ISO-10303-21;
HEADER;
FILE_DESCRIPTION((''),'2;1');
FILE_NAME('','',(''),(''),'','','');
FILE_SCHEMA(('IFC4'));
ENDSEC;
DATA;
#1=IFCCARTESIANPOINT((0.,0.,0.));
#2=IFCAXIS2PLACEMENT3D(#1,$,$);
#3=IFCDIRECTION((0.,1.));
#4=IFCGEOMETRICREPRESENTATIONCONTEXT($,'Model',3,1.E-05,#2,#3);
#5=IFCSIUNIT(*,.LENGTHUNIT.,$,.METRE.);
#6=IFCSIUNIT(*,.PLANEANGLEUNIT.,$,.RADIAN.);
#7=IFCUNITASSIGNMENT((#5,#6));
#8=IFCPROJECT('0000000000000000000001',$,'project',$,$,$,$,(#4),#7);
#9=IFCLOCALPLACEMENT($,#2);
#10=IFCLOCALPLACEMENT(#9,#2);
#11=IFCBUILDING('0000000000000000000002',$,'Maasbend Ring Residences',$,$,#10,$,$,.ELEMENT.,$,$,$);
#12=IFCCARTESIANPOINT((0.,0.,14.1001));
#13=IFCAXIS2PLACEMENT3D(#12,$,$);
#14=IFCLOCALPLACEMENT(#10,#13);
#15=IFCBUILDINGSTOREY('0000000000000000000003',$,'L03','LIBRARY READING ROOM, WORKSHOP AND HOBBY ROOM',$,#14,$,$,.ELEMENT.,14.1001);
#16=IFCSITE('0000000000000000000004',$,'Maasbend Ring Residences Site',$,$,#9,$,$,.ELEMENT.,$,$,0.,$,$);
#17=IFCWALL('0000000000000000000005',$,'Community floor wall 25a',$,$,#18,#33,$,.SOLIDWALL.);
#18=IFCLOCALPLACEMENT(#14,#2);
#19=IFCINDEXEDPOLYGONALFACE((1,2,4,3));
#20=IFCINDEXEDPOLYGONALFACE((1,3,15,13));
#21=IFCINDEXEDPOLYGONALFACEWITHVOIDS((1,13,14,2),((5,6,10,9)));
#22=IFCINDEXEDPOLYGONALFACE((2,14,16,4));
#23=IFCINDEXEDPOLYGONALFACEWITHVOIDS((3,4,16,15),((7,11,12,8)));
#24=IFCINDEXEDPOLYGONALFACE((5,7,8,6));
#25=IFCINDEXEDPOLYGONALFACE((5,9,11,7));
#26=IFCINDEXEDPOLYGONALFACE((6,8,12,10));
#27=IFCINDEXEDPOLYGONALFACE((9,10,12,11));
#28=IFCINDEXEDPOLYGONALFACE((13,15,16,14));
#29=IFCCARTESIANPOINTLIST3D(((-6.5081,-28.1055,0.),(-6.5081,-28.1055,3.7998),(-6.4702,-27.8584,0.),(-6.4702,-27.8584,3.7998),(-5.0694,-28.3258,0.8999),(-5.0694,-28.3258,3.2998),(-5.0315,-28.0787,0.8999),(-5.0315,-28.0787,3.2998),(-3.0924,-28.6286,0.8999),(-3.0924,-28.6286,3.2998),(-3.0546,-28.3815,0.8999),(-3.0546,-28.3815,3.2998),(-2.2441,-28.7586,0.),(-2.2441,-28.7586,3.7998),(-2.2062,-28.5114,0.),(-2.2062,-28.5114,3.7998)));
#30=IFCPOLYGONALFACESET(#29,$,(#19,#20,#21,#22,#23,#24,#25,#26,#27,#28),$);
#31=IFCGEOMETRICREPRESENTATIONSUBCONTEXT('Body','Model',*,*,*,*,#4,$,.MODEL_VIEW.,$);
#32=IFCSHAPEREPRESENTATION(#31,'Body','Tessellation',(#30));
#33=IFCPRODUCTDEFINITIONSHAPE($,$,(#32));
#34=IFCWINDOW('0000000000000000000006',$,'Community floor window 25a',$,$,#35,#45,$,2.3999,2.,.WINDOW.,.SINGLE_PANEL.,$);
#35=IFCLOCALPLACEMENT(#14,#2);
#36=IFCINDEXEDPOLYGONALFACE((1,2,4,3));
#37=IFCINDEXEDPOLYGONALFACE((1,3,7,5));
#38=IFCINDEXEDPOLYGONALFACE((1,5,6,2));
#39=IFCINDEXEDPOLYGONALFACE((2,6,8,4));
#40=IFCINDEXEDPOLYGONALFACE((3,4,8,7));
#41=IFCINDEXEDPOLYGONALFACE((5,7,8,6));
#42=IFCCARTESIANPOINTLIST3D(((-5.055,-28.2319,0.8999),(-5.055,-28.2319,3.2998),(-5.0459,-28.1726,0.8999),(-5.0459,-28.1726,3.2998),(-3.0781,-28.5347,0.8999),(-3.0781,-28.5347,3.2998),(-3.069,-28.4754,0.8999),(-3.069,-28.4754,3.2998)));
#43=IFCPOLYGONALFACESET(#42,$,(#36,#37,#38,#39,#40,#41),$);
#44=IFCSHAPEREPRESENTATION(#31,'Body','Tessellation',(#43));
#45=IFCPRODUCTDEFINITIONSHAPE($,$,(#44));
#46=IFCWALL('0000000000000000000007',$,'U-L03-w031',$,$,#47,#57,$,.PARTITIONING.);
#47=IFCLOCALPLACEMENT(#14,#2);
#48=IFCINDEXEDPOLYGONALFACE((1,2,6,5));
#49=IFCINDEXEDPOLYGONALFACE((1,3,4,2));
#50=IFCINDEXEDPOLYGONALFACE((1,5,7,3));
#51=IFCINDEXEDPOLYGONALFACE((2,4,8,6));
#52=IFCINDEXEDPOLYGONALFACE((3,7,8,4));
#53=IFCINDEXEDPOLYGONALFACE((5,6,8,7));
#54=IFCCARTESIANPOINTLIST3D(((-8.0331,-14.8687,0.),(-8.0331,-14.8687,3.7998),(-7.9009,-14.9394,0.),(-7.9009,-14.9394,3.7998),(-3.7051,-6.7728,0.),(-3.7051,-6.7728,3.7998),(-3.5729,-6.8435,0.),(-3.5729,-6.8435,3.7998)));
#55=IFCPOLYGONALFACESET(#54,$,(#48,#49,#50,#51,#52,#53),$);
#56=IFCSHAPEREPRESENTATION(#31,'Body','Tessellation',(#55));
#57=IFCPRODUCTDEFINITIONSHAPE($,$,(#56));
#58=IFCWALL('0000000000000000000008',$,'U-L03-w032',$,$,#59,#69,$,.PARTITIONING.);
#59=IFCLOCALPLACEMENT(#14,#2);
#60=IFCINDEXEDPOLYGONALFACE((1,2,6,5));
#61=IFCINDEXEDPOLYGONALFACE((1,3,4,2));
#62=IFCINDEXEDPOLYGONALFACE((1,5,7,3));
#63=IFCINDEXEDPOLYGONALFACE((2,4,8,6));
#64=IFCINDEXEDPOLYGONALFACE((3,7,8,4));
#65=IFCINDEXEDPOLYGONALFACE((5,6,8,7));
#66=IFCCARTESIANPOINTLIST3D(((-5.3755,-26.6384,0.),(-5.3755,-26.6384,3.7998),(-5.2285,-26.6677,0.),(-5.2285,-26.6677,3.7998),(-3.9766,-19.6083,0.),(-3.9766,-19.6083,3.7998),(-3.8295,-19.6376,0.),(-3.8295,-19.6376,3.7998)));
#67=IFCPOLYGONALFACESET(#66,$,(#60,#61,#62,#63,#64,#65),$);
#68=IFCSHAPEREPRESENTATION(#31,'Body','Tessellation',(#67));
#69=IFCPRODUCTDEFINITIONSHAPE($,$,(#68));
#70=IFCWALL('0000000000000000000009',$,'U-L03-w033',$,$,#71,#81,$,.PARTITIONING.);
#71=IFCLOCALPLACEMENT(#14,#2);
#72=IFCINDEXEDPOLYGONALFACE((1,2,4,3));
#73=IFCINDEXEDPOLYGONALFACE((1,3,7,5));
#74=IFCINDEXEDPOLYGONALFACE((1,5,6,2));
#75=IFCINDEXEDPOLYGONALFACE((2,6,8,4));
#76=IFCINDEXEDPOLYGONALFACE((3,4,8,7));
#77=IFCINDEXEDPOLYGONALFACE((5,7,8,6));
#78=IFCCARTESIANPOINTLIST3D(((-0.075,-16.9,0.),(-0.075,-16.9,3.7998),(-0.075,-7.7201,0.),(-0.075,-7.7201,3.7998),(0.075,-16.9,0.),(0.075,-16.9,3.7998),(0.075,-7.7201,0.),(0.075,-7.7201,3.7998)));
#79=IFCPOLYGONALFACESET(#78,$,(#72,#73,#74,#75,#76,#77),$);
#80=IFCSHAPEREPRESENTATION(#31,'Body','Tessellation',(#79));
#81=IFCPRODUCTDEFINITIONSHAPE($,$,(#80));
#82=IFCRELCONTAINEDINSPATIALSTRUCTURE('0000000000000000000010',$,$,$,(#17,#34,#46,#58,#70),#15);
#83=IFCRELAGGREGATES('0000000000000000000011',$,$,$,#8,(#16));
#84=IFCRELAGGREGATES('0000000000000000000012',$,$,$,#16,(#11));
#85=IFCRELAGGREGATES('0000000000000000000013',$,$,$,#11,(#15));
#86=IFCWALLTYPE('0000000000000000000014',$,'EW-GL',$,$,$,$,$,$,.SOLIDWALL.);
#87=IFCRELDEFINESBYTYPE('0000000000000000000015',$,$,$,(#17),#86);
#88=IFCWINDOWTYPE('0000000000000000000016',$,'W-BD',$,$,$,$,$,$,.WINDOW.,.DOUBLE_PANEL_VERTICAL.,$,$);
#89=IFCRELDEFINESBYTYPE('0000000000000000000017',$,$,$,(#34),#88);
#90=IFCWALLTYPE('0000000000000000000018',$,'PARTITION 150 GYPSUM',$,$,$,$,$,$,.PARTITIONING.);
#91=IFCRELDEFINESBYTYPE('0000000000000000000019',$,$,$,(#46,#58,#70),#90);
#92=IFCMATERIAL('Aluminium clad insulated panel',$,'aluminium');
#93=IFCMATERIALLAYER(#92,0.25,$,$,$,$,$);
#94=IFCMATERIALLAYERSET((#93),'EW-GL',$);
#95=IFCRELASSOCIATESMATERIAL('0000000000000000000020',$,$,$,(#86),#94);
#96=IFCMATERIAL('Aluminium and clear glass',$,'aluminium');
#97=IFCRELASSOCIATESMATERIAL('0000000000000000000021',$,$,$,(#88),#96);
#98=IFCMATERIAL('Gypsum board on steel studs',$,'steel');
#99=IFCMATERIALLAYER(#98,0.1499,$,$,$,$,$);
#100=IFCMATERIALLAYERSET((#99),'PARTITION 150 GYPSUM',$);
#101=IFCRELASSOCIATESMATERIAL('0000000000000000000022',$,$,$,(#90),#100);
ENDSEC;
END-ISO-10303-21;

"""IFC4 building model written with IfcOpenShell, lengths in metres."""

from ifc_helpers import new_model, si_unit, direction, frame, frame_2d, origin, place, context, subcontext, project, spatial, rectangle, extrude, material, layer, layer_set, type_object, element, fill, save


model = new_model("IFC4")

# Units and contexts
model_context = context("Model", 3, precision=1e-05, world=origin(), true_north=direction((0.0, 1.0)))
body_context = subcontext(model_context, "Body", "Model", "MODEL_VIEW")
ifc_project = project(units=[si_unit("LENGTHUNIT", "METRE"), si_unit("PLANEANGLEUNIT", "RADIAN")], contexts=[model_context])

# Site, building, storey
site_placement = place(None, origin())
site = spatial("IfcSite", under=ifc_project, at=site_placement, Name="Maasbend Ring Residences Site", CompositionType="ELEMENT", RefElevation=0.0)
building_placement = place(site_placement, origin())
building = spatial("IfcBuilding", under=site, at=building_placement, Name="Maasbend Ring Residences", CompositionType="ELEMENT")
storey_placement = place(building_placement, frame((0.0, 0.0, 14.1001)))
storey = spatial("IfcBuildingStorey", under=building, at=storey_placement, Name="L03", Description="LIBRARY READING ROOM, WORKSHOP AND HOBBY ROOM", CompositionType="ELEMENT", Elevation=14.1001)

# Wall, opening, window
ifc_material_1 = material(Name="Aluminium clad insulated panel", Category="aluminium")
ifc_layer_1 = layer(ifc_material_1, 0.25)
ifc_layer_set_1 = layer_set([ifc_layer_1], Name="EW-GL")
wall_type_1 = type_object("IfcWallType", Name="EW-GL", PredefinedType="SOLIDWALL", material=ifc_layer_set_1)
wall_1_placement = place(storey_placement, frame((-6.489, -27.9819, 0.0), z_axis=(0.0, 0.0, 1.0), x_axis=(0.988473, -0.151398, 0.0)))
wall_1 = element("IfcWall", 1, at=wall_1_placement, inside=storey, type_object=wall_type_1, Name="Community floor wall 25a", PredefinedType="SOLIDWALL", context=body_context, shape_type="SweptSolid", body=[
    extrude(rectangle(XDim=4.3137, YDim=0.25, at=frame_2d((2.1567, 0.0))), origin(), (0.0, 0.0, 1.0), 3.7998),
])
opening_1_placement = place(wall_1_placement, frame((1.4553, 0.0, 0.8999)))
opening_1 = element("IfcOpeningElement", 2, at=opening_1_placement, cuts=wall_1, PredefinedType="OPENING", context=body_context, shape_type="SweptSolid", body=[
    extrude(rectangle(XDim=2.0, YDim=2.3999, at=frame_2d((1.0, 1.2))), frame((0.0, 0.135, 0.0), z_axis=(0.0, -1.0, 0.0), x_axis=(1.0, 0.0, 0.0)), (0.0, 0.0, 1.0), 0.27),
])
ifc_material_2 = material(Name="Aluminium and clear glass", Category="aluminium")
window_type = type_object("IfcWindowType", Name="W-BD", PartitioningType="DOUBLE_PANEL_VERTICAL", PredefinedType="WINDOW", material=ifc_material_2)
window_placement = place(opening_1_placement, origin())
window = element("IfcWindow", 3, at=window_placement, inside=storey, type_object=window_type, Name="Community floor window 25a", OverallHeight=2.3999, OverallWidth=2.0, PartitioningType="SINGLE_PANEL", PredefinedType="WINDOW", context=body_context, shape_type="SweptSolid", body=[
    extrude(rectangle(XDim=2.0, YDim=2.3999, at=frame_2d((1.0, 1.2))), frame((0.0, 0.03, 0.0), z_axis=(0.0, -1.0, 0.0), x_axis=(1.0, 0.0, 0.0)), (0.0, 0.0, 1.0), 0.0601),
])
fill(opening_1, window)

# Walls
ifc_material_3 = material(Name="Gypsum board on steel studs", Category="steel")
ifc_layer_2 = layer(ifc_material_3, 0.1499)
ifc_layer_set_2 = layer_set([ifc_layer_2], Name="PARTITION 150 GYPSUM")
wall_type_2 = type_object("IfcWallType", Name="PARTITION 150 GYPSUM", PredefinedType="PARTITIONING", material=ifc_layer_set_2)
wall_2_placement = place(storey_placement, frame((-7.967, -14.9041, 0.0), z_axis=(0.0, 0.0, 1.0), x_axis=(0.47146, 0.881887, 0.0)))
element("IfcWall", 4, at=wall_2_placement, inside=storey, type_object=wall_type_2, Name="U-L03-w031", PredefinedType="PARTITIONING", context=body_context, shape_type="SweptSolid", body=[
    extrude(rectangle(XDim=9.1802, YDim=0.1499, at=frame_2d((4.5901, 0.0))), origin(), (0.0, 0.0, 1.0), 3.7998),
])
wall_3_placement = place(storey_placement, frame((-5.302, -26.6531, 0.0), z_axis=(0.0, 0.0, 1.0), x_axis=(0.195166, 0.98077, 0.0)))
element("IfcWall", 5, at=wall_3_placement, inside=storey, type_object=wall_type_2, Name="U-L03-w032", PredefinedType="PARTITIONING", context=body_context, shape_type="SweptSolid", body=[
    extrude(rectangle(XDim=7.168, YDim=0.1499, at=frame_2d((3.584, 0.0))), origin(), (0.0, 0.0, 1.0), 3.7998),
])
wall_4_placement = place(storey_placement, frame((0.0, -16.8999, 0.0), z_axis=(0.0, 0.0, 1.0), x_axis=(0.0, 1.0, 0.0)))
element("IfcWall", 6, at=wall_4_placement, inside=storey, type_object=wall_type_2, Name="U-L03-w033", PredefinedType="PARTITIONING", context=body_context, shape_type="SweptSolid", body=[
    extrude(rectangle(XDim=9.1799, YDim=0.1499, at=frame_2d((4.5898, 0.0))), origin(), (0.0, 0.0, 1.0), 3.7998),
])

save(model, "model.ifc")
